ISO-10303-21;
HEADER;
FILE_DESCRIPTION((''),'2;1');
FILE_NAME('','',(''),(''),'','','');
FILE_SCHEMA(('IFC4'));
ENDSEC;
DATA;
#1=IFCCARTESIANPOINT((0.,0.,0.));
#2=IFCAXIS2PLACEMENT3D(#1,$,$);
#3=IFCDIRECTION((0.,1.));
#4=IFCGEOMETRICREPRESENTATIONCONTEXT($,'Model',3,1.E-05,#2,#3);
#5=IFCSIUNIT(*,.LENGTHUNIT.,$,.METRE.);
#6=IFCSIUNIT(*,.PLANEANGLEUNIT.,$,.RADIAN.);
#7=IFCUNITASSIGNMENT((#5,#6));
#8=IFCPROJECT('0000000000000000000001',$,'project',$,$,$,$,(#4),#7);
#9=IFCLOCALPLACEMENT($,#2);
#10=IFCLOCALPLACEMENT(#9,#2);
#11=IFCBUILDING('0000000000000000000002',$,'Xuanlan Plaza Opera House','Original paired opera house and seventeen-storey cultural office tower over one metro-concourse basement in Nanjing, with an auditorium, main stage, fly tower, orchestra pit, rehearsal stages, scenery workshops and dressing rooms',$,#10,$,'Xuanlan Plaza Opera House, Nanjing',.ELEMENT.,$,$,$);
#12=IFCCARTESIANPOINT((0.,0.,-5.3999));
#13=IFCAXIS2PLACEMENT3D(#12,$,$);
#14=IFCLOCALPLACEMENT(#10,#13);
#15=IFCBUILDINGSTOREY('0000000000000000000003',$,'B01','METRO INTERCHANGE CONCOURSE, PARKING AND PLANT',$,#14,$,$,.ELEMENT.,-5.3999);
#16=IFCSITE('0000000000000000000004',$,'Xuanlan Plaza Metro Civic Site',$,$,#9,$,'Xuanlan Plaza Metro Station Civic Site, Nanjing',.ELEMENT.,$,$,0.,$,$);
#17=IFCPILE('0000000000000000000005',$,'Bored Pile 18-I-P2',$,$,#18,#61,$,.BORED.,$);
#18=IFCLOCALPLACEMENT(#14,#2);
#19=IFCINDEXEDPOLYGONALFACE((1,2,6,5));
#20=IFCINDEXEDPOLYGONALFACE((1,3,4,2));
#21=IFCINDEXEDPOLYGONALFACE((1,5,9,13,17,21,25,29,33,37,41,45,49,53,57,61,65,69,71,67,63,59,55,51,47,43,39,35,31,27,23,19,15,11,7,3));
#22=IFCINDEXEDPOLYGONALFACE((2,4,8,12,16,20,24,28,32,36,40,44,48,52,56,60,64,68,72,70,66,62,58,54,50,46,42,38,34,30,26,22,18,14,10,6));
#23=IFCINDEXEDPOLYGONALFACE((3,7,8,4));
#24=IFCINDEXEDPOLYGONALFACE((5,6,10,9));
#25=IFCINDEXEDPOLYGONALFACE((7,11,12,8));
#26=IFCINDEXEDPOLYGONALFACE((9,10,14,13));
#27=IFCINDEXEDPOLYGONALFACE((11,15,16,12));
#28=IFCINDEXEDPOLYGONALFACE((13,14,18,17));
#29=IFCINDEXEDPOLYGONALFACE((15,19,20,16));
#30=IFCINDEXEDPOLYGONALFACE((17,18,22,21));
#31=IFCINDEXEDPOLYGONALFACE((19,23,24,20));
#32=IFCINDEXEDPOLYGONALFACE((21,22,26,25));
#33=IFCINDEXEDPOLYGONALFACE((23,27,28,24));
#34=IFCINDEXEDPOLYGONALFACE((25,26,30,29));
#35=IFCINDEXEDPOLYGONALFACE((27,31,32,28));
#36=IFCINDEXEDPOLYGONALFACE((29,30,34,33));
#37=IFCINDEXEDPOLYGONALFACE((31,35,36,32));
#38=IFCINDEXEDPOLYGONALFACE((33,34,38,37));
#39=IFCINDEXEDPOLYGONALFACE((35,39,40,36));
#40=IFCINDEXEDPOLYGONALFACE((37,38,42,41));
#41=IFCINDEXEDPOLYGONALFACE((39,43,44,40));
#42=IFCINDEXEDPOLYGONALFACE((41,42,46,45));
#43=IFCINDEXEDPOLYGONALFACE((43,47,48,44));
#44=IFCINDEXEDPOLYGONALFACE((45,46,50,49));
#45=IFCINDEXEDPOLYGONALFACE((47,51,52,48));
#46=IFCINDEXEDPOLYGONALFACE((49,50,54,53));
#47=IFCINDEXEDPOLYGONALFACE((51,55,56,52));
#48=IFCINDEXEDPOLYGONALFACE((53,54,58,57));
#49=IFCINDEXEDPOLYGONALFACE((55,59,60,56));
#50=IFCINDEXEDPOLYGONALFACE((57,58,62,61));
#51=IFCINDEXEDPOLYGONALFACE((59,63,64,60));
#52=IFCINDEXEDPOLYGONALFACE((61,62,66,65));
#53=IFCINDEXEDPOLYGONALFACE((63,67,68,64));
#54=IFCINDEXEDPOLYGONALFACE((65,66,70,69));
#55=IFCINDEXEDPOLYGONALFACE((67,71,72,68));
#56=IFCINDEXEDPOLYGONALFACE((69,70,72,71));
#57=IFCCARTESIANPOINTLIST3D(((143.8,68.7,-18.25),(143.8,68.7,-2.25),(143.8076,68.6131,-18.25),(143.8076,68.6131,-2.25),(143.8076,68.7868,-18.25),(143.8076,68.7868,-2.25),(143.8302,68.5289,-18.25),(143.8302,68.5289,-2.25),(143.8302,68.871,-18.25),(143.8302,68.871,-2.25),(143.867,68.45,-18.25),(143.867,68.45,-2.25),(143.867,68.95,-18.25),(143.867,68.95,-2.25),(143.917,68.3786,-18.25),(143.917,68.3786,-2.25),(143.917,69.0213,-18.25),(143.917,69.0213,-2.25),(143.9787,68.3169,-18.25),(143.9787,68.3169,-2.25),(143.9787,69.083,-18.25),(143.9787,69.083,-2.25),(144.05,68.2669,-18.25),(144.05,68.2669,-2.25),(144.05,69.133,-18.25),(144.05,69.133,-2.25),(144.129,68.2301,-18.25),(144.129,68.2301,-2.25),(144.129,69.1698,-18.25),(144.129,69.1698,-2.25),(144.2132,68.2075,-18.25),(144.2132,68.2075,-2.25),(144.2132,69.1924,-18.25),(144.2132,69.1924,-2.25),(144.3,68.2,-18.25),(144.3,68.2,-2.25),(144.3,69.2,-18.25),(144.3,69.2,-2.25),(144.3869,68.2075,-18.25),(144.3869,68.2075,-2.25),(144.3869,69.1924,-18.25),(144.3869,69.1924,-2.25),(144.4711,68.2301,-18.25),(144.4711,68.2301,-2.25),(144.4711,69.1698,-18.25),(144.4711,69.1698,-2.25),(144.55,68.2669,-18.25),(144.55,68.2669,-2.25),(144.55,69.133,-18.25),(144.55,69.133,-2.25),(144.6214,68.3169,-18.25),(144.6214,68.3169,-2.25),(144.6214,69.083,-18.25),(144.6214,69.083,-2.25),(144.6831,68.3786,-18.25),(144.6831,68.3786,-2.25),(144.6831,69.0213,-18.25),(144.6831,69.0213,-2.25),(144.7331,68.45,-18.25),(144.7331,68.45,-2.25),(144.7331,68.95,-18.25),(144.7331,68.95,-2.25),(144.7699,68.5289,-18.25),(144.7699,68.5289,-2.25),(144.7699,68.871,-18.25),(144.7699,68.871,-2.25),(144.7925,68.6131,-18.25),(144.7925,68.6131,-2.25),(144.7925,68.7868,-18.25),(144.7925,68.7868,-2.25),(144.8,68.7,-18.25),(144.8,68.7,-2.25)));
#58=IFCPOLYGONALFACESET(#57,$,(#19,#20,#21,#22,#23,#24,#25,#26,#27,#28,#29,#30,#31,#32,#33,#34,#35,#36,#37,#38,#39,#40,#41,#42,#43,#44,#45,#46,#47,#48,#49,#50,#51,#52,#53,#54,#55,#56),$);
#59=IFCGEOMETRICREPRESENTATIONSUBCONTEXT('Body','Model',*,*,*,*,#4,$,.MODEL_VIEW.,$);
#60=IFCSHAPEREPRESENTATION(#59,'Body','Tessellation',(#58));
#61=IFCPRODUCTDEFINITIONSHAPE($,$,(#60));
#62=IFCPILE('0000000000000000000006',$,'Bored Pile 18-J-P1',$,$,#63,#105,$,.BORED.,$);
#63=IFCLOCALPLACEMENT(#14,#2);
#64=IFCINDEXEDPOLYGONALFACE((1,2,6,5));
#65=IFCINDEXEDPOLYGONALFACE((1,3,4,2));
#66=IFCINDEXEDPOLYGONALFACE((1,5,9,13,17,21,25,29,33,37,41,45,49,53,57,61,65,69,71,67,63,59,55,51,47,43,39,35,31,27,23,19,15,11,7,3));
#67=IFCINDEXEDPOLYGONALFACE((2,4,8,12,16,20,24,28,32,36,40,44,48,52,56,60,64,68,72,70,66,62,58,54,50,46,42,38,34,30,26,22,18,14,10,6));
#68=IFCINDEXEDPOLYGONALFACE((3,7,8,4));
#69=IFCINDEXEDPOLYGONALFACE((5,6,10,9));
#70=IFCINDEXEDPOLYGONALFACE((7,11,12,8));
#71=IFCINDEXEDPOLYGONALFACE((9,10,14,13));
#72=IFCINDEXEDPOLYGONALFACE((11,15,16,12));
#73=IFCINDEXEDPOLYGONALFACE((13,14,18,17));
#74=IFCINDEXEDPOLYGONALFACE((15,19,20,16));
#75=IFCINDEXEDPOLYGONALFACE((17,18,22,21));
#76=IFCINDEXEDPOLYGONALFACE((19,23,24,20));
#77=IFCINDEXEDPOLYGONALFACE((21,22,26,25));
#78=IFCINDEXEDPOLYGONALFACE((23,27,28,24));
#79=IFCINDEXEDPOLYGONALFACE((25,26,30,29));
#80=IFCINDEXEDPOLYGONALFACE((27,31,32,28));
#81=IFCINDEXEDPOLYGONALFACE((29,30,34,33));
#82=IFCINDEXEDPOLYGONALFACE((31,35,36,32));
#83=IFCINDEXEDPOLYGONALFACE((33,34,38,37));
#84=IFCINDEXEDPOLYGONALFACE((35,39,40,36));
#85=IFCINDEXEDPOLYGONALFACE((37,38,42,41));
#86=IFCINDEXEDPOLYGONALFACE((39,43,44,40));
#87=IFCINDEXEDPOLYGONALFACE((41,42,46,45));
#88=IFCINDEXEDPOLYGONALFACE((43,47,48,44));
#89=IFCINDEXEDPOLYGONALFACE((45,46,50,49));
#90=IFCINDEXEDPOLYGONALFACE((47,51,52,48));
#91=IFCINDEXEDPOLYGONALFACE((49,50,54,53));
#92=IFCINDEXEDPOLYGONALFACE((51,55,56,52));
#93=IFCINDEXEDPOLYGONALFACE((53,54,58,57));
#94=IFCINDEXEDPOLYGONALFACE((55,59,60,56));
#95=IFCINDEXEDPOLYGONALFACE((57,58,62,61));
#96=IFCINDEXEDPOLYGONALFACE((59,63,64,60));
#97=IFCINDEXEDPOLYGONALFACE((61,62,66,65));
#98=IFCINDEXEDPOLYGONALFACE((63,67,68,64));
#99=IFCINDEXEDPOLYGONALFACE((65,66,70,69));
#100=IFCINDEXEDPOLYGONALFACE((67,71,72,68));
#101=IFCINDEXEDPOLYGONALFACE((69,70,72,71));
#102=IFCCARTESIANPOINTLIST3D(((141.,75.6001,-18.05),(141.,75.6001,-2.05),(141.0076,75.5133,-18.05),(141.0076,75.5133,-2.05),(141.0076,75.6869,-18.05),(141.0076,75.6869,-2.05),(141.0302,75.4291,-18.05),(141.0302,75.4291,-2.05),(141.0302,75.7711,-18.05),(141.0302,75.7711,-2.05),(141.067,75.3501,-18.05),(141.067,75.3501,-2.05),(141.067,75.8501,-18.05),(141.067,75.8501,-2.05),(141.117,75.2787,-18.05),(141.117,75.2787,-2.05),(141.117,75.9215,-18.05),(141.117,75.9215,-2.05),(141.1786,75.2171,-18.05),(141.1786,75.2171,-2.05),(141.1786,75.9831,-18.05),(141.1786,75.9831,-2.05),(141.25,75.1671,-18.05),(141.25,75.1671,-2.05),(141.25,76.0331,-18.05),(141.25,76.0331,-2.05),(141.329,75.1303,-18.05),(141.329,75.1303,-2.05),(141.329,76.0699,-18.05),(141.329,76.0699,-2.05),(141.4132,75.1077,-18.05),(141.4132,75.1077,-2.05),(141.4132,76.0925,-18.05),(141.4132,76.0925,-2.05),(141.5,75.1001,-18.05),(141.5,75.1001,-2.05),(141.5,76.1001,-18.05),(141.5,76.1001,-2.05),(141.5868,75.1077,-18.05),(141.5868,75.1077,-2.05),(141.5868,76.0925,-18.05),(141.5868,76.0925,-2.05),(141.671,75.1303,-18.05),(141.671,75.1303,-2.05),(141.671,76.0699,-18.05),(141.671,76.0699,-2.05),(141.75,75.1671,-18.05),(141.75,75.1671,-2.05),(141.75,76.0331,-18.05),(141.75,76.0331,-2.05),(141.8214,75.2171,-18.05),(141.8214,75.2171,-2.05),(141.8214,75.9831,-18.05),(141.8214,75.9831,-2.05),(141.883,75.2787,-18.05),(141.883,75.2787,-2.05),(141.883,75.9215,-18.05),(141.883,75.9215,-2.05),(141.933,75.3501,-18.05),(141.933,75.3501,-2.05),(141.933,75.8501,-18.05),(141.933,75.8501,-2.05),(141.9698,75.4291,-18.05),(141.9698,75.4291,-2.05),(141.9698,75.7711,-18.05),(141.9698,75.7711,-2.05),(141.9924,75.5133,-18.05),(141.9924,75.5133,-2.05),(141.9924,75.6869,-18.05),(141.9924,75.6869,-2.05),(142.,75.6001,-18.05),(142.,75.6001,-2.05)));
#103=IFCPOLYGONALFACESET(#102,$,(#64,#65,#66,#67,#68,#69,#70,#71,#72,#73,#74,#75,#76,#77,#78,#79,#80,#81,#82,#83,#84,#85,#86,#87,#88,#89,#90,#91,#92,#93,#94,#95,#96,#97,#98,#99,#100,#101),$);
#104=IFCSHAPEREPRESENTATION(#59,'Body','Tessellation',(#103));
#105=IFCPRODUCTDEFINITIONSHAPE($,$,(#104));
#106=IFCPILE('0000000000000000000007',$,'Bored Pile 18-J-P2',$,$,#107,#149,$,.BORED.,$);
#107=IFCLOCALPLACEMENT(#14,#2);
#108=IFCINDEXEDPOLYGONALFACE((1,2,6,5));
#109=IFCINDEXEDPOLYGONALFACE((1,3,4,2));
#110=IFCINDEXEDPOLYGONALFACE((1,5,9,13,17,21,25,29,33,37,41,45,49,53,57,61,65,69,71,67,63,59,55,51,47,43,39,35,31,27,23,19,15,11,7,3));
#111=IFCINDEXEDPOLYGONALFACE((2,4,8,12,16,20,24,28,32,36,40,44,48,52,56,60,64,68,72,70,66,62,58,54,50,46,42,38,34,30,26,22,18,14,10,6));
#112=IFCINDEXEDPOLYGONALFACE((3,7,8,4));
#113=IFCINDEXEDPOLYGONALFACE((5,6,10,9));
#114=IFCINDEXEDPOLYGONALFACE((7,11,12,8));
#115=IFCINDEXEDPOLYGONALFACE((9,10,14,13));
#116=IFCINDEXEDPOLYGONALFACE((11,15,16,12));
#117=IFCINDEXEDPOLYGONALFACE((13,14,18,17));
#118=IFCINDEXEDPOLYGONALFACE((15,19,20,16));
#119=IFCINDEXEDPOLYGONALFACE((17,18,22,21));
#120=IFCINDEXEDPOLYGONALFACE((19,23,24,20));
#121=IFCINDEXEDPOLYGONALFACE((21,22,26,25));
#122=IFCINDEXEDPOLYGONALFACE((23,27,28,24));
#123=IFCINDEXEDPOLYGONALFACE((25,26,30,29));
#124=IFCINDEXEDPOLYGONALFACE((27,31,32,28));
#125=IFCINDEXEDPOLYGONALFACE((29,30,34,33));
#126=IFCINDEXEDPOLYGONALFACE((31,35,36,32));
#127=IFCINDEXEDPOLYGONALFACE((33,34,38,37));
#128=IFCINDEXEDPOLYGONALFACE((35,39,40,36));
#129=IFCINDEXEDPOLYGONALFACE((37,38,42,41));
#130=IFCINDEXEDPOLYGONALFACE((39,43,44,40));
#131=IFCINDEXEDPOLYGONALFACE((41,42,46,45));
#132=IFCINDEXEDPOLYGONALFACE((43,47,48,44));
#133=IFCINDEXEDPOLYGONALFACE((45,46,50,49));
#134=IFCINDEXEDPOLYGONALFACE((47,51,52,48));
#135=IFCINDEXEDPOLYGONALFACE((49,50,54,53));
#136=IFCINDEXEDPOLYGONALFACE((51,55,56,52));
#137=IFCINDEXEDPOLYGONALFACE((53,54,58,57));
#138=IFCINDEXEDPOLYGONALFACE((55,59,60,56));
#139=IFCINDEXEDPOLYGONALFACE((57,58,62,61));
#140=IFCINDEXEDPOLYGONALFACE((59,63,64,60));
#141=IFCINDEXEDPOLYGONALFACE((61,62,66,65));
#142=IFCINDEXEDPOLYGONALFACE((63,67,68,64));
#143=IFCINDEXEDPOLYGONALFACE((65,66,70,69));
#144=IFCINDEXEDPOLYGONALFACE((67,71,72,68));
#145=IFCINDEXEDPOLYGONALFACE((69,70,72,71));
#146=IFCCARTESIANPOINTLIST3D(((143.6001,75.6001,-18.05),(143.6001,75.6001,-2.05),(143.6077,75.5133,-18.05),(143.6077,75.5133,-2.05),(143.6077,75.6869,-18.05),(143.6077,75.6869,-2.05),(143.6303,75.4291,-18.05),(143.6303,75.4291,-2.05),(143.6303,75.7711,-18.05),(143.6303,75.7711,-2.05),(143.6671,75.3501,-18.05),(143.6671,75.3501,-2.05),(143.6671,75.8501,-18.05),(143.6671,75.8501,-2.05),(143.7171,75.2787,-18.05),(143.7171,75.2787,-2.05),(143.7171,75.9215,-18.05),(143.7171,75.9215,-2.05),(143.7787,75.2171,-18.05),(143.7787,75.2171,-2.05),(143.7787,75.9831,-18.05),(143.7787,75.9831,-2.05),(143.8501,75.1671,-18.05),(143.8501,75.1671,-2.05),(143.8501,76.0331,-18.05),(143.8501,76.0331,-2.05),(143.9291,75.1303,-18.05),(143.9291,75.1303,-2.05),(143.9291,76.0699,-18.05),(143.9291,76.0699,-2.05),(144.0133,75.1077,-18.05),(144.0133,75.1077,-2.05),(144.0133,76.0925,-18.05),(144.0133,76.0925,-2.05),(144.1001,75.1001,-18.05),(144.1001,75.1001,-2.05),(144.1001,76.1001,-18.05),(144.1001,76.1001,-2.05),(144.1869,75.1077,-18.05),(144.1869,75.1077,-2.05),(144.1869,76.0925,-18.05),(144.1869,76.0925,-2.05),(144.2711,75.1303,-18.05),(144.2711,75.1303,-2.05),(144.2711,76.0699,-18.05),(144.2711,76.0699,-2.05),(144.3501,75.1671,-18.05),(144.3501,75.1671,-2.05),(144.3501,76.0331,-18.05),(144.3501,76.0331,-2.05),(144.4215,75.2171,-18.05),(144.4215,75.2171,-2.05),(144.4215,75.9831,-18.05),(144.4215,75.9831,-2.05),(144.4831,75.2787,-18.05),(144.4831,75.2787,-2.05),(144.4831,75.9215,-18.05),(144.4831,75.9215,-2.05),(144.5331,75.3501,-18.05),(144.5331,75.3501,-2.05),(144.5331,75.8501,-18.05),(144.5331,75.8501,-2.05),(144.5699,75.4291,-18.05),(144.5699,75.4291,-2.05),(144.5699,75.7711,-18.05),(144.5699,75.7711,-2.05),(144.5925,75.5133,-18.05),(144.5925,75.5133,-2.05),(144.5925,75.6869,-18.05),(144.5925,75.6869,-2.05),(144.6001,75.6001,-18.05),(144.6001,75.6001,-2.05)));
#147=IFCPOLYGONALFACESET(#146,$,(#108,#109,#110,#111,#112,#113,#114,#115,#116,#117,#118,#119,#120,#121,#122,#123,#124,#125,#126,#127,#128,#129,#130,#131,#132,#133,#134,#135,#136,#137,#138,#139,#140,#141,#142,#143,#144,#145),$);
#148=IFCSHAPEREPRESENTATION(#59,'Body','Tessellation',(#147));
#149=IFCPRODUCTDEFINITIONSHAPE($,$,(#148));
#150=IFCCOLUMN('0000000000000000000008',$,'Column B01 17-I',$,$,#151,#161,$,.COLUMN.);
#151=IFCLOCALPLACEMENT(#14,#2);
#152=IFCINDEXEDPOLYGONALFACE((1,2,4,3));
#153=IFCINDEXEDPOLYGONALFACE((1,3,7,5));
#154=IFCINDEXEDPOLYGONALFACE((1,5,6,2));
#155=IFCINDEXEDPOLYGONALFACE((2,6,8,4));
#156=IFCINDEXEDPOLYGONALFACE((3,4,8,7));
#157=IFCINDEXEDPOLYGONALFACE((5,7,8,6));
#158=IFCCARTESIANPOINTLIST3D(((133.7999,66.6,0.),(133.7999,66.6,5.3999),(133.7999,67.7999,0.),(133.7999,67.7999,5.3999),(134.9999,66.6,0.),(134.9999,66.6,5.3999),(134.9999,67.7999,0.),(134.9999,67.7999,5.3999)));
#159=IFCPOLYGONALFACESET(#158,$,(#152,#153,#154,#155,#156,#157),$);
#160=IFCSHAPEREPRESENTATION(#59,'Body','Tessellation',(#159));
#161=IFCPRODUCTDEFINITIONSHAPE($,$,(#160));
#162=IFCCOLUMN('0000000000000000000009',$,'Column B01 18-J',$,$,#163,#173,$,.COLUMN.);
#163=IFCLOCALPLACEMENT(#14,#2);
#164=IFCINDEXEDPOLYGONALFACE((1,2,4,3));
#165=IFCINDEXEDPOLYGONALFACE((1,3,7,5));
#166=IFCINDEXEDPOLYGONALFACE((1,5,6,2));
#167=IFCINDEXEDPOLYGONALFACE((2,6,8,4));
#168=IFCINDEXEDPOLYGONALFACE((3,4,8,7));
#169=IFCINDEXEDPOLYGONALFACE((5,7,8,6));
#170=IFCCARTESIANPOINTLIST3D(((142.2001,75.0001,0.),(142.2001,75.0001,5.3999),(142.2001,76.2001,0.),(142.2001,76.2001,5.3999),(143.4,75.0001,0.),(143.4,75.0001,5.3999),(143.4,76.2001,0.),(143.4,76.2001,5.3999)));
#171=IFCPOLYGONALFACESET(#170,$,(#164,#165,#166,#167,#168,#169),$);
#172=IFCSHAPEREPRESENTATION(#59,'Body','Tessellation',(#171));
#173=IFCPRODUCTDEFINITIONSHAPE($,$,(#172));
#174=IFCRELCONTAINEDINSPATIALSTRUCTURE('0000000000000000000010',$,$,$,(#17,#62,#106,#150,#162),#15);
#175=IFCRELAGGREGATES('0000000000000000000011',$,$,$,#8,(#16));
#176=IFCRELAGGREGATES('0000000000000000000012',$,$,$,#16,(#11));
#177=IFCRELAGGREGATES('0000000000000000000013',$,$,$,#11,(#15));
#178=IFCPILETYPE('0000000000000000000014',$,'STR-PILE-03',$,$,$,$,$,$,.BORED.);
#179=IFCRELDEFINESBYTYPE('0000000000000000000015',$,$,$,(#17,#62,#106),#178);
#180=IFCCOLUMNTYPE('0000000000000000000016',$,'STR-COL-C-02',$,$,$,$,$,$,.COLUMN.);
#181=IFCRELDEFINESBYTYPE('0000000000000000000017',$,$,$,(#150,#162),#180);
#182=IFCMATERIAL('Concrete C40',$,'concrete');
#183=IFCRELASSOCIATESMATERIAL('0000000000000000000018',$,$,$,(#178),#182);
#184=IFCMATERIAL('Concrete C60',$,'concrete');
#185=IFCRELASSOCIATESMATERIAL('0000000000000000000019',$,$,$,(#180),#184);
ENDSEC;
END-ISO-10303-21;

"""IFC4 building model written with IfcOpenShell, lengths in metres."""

from ifc_helpers import new_model, si_unit, direction, frame, origin, origin_2d, place, context, subcontext, project, spatial, rectangle, circle, extrude, material, material_profile, profile_set, type_object, element, save


model = new_model("IFC4")

# Units and contexts
model_context = context("Model", 3, precision=1e-05, world=origin(), true_north=direction((0.0, 1.0)))
body_context = subcontext(model_context, "Body", "Model", "MODEL_VIEW")
ifc_project = project(units=[si_unit("LENGTHUNIT", "METRE"), si_unit("PLANEANGLEUNIT", "RADIAN")], contexts=[model_context])

# Site, building, storey
site_placement = place(None, origin())
site = spatial("IfcSite", under=ifc_project, at=site_placement, Name="Xuanlan Plaza Metro Civic Site", LongName="Xuanlan Plaza Metro Station Civic Site, Nanjing", CompositionType="ELEMENT", RefElevation=0.0)
building_placement = place(site_placement, origin())
building = spatial("IfcBuilding", under=site, at=building_placement, Name="Xuanlan Plaza Opera House", Description="Original paired opera house and seventeen-storey cultural office tower over one metro-concourse basement in Nanjing, with an auditorium, main stage, fly tower, orchestra pit, rehearsal stages, scenery workshops and dressing rooms", LongName="Xuanlan Plaza Opera House, Nanjing", CompositionType="ELEMENT")
storey_placement = place(building_placement, frame((0.0, 0.0, -5.3999)))
storey = spatial("IfcBuildingStorey", under=building, at=storey_placement, Name="B01", Description="METRO INTERCHANGE CONCOURSE, PARKING AND PLANT", CompositionType="ELEMENT", Elevation=-5.3999)

# Piles
ifc_material_1 = material(Name="Concrete C40", Category="concrete")
ifc_material_profile_1 = material_profile(ifc_material_1, circle(Radius=0.5, at=origin_2d()), Name="PILE D1000")
ifc_profile_set_1 = profile_set([ifc_material_profile_1], Name="Concrete C40")
pile_type = type_object("IfcPileType", Name="STR-PILE-03", PredefinedType="BORED", material=ifc_profile_set_1)
for number, where, z_axis, x_axis, name in (
    (1, (144.3, 68.7, -2.25), (0.0, 0.0, -1.0), (1.0, 0.0, 0.0), "Bored Pile 18-I-P2"),
    (2, (141.5, 75.6001, -2.05), (0.0, 0.0, -1.0), (1.0, 0.0, 0.0), "Bored Pile 18-J-P1"),
    (3, (144.1001, 75.6001, -2.05), (0.0, 0.0, -1.0), (1.0, 0.0, 0.0), "Bored Pile 18-J-P2"),
):
    element("IfcPile", number, at=place(storey_placement, frame(where, z_axis=z_axis, x_axis=x_axis)), inside=storey, type_object=pile_type, Name=name, PredefinedType="BORED", context=body_context, shape_type="SweptSolid", body=[
        extrude(circle(Radius=0.5, at=origin_2d()), origin(), (0.0, 0.0, 1.0), 16.0),
    ])

# Columns
ifc_material_2 = material(Name="Concrete C60", Category="concrete")
ifc_material_profile_2 = material_profile(ifc_material_2, rectangle(XDim=1.2, YDim=1.2, at=origin_2d()), Name="RC-COL 1200x1200")
ifc_profile_set_2 = profile_set([ifc_material_profile_2], Name="Concrete C60")
column_type_1 = type_object("IfcColumnType", Name="STR-COL-C-02", PredefinedType="COLUMN", material=ifc_profile_set_2)
for number, where, z_axis, x_axis, name in (
    (4, (134.3999, 67.2, 0.0), (0.0, 0.0, 1.0), (1.0, 0.0, 0.0), "Column B01 17-I"),
    (5, (142.8, 75.6001, 0.0), (0.0, 0.0, 1.0), (1.0, 0.0, 0.0), "Column B01 18-J"),
):
    element("IfcColumn", number, at=place(storey_placement, frame(where, z_axis=z_axis, x_axis=x_axis)), inside=storey, type_object=column_type_1, Name=name, PredefinedType="COLUMN", context=body_context, shape_type="SweptSolid", body=[
        extrude(rectangle(XDim=1.2, YDim=1.2, at=origin_2d()), origin(), (0.0, 0.0, 1.0), 5.3999),
    ])

save(model, "model.ifc")
